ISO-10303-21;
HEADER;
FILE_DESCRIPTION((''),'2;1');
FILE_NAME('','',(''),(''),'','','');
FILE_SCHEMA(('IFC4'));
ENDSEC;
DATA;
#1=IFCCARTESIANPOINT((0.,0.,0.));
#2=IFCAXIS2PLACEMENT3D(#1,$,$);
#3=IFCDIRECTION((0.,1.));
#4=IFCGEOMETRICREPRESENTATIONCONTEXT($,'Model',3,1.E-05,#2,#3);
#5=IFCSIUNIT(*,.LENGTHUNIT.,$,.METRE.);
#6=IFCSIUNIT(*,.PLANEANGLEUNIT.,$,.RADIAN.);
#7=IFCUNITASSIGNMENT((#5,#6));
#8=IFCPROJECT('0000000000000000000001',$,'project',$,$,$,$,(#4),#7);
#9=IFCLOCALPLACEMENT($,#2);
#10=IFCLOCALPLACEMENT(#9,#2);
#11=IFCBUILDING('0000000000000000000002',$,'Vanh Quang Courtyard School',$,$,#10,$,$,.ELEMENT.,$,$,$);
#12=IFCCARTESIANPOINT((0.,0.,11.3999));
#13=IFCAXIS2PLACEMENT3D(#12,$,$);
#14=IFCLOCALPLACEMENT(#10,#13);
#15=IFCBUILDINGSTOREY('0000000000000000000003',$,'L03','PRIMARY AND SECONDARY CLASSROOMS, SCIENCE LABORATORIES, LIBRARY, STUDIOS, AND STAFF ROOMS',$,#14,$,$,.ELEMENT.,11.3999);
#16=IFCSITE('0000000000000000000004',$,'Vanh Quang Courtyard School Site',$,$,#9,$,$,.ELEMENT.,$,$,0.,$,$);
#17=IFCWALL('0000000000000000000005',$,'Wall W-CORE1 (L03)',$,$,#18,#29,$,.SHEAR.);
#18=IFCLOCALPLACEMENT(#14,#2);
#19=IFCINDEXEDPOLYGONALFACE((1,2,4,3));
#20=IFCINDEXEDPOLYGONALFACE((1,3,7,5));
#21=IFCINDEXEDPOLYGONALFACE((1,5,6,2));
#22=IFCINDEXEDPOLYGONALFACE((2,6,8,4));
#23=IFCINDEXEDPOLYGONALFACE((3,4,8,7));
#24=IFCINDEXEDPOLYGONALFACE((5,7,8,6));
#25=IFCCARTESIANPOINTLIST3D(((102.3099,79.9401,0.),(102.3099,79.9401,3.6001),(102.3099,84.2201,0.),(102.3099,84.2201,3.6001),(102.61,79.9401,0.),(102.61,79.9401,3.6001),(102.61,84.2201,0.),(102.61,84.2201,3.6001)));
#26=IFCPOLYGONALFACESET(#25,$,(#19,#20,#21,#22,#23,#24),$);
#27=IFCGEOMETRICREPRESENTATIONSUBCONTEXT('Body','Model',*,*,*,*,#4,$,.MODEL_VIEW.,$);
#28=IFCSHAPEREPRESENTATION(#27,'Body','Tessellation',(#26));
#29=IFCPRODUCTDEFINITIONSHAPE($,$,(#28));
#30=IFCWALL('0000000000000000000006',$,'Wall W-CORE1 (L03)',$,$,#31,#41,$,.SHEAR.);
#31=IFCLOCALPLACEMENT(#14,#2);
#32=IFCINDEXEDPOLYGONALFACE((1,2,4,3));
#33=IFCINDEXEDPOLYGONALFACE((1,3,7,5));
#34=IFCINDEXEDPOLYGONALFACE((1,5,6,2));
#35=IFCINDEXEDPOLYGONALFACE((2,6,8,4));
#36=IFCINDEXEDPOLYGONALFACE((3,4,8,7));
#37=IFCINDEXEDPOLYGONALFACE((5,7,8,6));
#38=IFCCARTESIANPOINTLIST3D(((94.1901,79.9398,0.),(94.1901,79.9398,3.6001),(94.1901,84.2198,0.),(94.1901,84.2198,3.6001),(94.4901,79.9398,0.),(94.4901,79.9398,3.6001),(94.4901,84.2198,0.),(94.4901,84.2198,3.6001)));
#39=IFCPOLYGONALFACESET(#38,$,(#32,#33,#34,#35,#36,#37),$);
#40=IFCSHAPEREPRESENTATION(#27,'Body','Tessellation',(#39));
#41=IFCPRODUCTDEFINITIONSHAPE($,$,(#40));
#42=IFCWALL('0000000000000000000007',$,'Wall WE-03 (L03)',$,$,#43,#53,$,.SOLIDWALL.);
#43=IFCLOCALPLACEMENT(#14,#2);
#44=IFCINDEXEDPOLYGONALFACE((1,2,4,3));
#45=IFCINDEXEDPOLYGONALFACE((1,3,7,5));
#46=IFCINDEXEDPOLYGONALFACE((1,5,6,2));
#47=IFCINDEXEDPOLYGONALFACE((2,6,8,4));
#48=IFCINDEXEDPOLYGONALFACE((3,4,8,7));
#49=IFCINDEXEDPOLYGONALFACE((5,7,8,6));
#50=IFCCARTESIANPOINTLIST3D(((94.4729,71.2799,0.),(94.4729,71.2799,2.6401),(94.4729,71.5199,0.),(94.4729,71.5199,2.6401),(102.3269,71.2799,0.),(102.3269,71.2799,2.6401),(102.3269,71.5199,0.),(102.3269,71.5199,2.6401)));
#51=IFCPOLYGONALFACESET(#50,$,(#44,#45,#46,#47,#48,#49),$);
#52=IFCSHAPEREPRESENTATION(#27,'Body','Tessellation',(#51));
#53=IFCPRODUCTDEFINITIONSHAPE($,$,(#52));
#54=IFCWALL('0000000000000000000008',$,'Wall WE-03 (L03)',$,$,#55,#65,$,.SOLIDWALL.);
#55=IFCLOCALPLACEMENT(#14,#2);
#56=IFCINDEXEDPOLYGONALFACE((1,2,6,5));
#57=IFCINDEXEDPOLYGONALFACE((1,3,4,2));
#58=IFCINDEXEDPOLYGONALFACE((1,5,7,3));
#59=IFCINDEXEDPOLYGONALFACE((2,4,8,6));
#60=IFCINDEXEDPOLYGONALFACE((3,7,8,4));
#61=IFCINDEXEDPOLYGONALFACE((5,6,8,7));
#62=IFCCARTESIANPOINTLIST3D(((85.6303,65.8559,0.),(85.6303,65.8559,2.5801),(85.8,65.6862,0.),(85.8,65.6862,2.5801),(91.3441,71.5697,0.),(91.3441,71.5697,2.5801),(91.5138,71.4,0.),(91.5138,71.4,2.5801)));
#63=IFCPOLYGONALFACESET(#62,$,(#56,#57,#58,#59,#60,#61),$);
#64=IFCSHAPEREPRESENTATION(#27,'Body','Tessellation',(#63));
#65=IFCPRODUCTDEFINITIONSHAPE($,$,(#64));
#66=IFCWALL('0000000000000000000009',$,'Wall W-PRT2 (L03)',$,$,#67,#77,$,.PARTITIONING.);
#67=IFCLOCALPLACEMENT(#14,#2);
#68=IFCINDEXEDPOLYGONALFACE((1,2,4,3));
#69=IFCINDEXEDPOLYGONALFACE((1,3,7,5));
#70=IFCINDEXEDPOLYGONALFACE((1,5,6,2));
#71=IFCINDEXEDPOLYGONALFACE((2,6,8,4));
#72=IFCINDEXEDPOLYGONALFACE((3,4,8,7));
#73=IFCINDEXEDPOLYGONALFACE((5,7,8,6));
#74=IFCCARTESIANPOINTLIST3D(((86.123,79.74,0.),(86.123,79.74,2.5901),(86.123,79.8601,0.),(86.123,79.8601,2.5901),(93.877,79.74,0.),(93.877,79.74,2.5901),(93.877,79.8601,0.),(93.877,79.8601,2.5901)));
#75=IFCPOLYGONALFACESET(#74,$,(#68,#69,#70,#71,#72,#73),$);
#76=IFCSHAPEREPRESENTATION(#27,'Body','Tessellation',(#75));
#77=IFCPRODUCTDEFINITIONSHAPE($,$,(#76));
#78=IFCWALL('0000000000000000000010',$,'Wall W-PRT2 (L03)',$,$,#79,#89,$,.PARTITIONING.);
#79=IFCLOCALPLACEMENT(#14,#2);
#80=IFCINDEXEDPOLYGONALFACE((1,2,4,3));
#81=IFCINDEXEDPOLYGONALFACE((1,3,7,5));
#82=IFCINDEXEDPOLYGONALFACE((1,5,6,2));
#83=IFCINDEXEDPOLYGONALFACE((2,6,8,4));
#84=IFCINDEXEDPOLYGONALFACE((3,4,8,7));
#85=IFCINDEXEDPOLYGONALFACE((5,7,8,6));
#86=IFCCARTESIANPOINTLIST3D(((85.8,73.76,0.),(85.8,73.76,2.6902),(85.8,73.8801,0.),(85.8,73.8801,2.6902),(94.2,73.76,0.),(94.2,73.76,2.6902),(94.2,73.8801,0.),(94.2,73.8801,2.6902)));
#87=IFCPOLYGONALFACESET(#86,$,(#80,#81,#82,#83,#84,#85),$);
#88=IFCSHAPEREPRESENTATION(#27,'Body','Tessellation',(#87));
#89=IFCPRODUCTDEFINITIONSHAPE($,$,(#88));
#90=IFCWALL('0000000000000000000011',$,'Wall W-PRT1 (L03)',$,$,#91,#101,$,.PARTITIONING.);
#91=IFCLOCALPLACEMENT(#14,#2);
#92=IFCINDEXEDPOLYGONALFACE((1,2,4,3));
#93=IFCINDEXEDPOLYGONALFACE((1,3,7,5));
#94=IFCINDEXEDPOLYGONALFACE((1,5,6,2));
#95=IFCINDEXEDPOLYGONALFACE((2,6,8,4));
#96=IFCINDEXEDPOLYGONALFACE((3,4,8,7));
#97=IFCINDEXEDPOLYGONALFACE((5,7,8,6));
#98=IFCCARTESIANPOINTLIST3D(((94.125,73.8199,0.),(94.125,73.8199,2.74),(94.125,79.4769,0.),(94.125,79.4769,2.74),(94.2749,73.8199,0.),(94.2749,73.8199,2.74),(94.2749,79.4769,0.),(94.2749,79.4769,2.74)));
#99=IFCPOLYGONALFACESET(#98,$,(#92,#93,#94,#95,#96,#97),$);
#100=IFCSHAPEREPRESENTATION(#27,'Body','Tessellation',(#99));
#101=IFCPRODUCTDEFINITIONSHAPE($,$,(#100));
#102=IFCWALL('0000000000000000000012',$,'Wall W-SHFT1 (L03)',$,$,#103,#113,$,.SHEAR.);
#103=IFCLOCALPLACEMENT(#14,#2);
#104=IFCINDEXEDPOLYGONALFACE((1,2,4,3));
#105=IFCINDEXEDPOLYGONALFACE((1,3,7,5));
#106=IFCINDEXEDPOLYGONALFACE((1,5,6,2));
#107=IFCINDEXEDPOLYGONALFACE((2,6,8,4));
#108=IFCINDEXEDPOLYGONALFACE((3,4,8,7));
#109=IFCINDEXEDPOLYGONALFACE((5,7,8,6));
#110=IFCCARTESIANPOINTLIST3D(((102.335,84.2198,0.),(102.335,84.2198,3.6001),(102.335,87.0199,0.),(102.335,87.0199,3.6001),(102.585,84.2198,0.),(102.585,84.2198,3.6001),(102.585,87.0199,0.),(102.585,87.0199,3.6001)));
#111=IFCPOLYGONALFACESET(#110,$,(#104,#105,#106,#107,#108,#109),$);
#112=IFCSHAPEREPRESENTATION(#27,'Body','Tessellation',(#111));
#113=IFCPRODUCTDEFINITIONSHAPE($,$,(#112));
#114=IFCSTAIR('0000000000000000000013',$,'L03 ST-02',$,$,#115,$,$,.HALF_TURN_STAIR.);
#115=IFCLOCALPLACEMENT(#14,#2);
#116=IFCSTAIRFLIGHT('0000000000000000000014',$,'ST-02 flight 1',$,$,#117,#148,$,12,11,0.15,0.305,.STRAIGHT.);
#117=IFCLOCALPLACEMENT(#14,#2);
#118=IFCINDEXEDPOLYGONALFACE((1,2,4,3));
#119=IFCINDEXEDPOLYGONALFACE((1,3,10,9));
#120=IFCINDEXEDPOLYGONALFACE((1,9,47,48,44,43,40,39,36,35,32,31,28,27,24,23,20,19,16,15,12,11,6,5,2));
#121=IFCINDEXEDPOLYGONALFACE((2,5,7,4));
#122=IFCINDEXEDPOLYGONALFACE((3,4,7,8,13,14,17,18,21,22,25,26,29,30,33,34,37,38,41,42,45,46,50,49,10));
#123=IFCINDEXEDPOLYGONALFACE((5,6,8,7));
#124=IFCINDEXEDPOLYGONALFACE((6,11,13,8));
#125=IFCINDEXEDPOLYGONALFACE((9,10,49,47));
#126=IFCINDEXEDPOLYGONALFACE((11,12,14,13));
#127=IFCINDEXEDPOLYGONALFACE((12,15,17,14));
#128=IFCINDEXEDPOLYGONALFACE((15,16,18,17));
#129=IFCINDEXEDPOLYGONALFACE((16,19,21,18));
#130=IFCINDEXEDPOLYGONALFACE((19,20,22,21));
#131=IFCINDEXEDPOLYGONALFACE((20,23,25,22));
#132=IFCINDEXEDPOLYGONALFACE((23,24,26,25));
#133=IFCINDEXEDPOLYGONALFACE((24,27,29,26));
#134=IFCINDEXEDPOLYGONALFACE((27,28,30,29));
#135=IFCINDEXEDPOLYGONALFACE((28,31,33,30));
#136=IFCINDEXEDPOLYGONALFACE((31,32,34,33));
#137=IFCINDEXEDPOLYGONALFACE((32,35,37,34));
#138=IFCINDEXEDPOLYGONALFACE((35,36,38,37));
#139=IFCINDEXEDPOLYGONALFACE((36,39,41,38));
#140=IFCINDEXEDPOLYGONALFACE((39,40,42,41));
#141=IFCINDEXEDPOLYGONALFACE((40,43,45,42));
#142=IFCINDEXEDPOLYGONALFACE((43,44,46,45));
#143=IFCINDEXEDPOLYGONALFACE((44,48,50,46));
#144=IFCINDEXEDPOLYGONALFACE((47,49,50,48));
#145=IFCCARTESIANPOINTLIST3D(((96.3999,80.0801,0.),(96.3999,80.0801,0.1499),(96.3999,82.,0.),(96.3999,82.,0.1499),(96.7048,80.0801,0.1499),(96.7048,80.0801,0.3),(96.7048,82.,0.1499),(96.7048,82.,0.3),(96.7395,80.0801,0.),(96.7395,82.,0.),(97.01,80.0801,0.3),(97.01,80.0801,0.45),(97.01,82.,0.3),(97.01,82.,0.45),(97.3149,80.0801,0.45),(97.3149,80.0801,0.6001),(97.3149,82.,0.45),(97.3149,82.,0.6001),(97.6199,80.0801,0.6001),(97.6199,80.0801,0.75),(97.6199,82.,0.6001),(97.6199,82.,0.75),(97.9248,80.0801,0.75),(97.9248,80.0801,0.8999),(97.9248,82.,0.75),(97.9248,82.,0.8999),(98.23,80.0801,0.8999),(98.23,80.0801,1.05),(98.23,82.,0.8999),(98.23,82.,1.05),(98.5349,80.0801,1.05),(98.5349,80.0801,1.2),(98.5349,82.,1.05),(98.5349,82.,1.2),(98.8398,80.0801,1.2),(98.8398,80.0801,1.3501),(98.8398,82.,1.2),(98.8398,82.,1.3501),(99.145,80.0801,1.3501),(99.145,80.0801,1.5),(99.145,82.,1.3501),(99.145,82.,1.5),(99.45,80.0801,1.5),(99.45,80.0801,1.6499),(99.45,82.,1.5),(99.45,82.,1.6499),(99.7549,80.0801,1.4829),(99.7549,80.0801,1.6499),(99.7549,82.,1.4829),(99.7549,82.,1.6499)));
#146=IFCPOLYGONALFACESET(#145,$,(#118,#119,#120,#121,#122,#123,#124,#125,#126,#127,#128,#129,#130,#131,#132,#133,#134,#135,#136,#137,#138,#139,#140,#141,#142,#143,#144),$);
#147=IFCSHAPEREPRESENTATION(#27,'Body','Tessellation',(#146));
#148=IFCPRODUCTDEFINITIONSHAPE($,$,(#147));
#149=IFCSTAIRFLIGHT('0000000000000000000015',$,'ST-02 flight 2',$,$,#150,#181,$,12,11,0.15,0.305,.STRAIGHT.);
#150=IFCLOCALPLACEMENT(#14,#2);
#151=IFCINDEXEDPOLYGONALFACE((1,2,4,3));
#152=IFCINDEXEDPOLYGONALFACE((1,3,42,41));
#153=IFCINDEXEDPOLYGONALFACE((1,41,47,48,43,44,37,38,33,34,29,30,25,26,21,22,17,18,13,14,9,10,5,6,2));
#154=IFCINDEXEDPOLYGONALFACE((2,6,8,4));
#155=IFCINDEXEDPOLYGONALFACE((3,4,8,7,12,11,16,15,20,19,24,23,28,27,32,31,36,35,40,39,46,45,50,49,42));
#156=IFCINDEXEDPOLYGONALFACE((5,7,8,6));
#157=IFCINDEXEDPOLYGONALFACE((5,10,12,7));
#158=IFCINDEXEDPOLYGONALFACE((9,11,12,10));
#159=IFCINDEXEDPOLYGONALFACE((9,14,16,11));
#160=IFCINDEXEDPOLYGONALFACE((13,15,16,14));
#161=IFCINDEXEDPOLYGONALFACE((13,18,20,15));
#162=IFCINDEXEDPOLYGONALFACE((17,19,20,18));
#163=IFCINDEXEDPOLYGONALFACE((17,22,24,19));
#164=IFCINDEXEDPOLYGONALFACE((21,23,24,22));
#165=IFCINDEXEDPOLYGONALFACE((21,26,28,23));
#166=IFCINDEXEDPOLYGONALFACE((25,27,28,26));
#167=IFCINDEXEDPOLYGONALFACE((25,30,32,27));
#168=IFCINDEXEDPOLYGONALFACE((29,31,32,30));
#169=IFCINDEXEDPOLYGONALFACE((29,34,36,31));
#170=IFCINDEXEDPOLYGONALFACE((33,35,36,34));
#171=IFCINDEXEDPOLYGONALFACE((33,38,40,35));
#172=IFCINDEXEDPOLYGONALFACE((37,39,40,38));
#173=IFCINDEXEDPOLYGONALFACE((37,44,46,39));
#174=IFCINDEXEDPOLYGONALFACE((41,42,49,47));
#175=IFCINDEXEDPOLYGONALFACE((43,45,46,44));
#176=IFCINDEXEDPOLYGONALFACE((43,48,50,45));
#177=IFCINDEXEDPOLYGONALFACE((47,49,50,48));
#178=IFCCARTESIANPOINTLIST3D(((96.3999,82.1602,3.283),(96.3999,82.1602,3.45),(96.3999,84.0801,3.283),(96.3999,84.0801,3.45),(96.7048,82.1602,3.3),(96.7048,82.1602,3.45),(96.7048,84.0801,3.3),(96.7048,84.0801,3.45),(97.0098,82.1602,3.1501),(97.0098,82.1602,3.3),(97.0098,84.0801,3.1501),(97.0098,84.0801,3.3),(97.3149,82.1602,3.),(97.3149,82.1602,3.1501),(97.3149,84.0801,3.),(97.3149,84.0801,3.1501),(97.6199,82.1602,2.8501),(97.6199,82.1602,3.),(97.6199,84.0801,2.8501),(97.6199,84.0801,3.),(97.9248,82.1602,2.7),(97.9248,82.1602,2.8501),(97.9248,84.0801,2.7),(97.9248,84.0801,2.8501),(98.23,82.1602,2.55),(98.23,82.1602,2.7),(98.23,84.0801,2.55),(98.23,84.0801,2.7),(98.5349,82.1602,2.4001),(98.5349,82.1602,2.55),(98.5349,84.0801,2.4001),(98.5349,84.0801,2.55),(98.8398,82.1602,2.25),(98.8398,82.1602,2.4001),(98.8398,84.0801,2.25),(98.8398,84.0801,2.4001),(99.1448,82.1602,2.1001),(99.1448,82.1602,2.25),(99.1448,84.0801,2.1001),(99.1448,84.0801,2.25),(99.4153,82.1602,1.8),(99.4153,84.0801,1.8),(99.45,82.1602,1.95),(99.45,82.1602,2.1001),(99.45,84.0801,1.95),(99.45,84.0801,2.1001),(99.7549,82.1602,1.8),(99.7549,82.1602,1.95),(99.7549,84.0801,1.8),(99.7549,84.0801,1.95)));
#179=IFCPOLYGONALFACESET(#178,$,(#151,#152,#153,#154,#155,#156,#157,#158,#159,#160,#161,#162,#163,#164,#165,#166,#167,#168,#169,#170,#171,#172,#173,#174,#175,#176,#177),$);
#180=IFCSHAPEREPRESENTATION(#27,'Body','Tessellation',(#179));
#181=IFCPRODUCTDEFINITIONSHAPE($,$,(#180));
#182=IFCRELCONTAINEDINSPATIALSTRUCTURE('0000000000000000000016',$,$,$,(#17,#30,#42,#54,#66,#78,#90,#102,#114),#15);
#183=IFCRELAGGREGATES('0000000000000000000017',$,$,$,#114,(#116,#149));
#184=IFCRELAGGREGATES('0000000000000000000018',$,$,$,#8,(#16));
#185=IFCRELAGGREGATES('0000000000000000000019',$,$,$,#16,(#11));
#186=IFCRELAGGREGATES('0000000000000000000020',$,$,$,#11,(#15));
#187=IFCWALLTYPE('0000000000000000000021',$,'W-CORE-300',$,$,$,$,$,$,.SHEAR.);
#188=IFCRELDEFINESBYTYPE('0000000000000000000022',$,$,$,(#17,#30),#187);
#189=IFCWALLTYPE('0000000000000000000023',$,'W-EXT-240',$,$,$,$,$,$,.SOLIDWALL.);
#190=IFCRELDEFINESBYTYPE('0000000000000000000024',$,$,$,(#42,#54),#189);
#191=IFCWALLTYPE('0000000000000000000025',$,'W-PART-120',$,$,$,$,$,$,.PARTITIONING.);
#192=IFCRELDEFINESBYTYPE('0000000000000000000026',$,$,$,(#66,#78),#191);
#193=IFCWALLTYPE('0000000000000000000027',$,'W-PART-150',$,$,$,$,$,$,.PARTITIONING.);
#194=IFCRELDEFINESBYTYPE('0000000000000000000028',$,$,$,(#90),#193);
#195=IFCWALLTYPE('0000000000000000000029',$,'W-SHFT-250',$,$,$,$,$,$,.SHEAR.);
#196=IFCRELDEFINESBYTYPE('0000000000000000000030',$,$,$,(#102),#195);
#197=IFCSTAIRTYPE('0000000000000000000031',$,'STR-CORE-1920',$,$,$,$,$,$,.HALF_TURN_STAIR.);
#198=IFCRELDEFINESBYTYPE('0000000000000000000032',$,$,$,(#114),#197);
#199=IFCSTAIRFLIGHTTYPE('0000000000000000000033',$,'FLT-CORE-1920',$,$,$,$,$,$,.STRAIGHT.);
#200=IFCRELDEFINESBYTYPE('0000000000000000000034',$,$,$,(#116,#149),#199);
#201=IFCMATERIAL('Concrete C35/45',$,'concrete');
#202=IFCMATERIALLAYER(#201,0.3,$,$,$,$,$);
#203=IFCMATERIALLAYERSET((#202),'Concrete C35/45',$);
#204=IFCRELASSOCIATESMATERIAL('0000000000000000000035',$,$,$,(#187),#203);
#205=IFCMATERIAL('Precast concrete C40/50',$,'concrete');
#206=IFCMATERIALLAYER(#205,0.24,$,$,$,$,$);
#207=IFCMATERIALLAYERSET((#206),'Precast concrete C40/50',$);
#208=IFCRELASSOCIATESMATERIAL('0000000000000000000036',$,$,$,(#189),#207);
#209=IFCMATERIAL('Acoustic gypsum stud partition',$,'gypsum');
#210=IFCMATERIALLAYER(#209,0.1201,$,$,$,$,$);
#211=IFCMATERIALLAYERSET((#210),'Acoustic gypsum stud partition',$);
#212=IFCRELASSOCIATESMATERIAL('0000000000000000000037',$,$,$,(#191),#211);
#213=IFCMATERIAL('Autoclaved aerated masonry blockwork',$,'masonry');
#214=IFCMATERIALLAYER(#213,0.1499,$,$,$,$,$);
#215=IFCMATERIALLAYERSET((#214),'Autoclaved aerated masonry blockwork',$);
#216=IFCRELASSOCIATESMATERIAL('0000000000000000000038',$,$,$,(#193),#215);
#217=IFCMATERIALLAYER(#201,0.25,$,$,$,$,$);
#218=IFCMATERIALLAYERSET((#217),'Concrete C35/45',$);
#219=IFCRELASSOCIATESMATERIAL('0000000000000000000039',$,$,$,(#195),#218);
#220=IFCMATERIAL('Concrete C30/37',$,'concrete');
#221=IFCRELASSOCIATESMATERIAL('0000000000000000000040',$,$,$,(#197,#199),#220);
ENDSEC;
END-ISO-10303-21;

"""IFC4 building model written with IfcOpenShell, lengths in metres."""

from ifc_helpers import new_model, si_unit, direction, frame, frame_2d, origin, place, context, subcontext, project, spatial, polyline, rectangle, outline, extrude, material, layer, layer_set, type_object, element, aggregate, save


model = new_model("IFC4")

# Units and contexts
model_context = context("Model", 3, precision=1e-05, world=origin(), true_north=direction((0.0, 1.0)))
body_context = subcontext(model_context, "Body", "Model", "MODEL_VIEW")
ifc_project = project(units=[si_unit("LENGTHUNIT", "METRE"), si_unit("PLANEANGLEUNIT", "RADIAN")], contexts=[model_context])

# Site, building, storey
site_placement = place(None, origin())
site = spatial("IfcSite", under=ifc_project, at=site_placement, Name="Vanh Quang Courtyard School Site", CompositionType="ELEMENT", RefElevation=0.0)
building_placement = place(site_placement, origin())
building = spatial("IfcBuilding", under=site, at=building_placement, Name="Vanh Quang Courtyard School", CompositionType="ELEMENT")
storey_placement = place(building_placement, frame((0.0, 0.0, 11.3999)))
storey = spatial("IfcBuildingStorey", under=building, at=storey_placement, Name="L03", Description="PRIMARY AND SECONDARY CLASSROOMS, SCIENCE LABORATORIES, LIBRARY, STUDIOS, AND STAFF ROOMS", CompositionType="ELEMENT", Elevation=11.3999)

# Shared definitions
ifc_material_1 = material(Name="Concrete C35/45", Category="concrete")

# Shared definitions
ifc_material_2 = material(Name="Concrete C30/37", Category="concrete")

# Wall
ifc_layer_1 = layer(ifc_material_1, 0.3)
ifc_layer_set_1 = layer_set([ifc_layer_1], Name="Concrete C35/45")
wall_type_1 = type_object("IfcWallType", Name="W-CORE-300", PredefinedType="SHEAR", material=ifc_layer_set_1)
wall_1_placement = place(storey_placement, frame((102.46, 79.9399, 0.0), z_axis=(0.0, 0.0, 1.0), x_axis=(0.0, 1.0, 0.0)))
element("IfcWall", 1, at=wall_1_placement, inside=storey, type_object=wall_type_1, Name="Wall W-CORE1 (L03)", PredefinedType="SHEAR", context=body_context, shape_type="SweptSolid", body=[
    extrude(rectangle(XDim=4.28, YDim=0.3, at=frame_2d((2.1401, 0.0))), origin(), (0.0, 0.0, 1.0), 3.6001),
])

# Walls
wall_2_placement = place(storey_placement, frame((94.3401, 84.22, 0.0), z_axis=(0.0, 0.0, 1.0), x_axis=(0.0, -1.0, 0.0)))
element("IfcWall", 2, at=wall_2_placement, inside=storey, type_object=wall_type_1, Name="Wall W-CORE1 (L03)", PredefinedType="SHEAR", context=body_context, shape_type="SweptSolid", body=[
    extrude(rectangle(XDim=4.28, YDim=0.3, at=frame_2d((2.1401, 0.0))), origin(), (0.0, 0.0, 1.0), 3.6001),
])
ifc_material_3 = material(Name="Precast concrete C40/50", Category="concrete")
ifc_layer_2 = layer(ifc_material_3, 0.24)
ifc_layer_set_2 = layer_set([ifc_layer_2], Name="Precast concrete C40/50")
wall_type_2 = type_object("IfcWallType", Name="W-EXT-240", PredefinedType="SOLIDWALL", material=ifc_layer_set_2)
wall_3_placement = place(storey_placement, frame((102.3269, 71.3999, 0.0), z_axis=(0.0, 0.0, 1.0), x_axis=(-1.0, 0.0, 0.0)))
element("IfcWall", 3, at=wall_3_placement, inside=storey, type_object=wall_type_2, Name="Wall WE-03 (L03)", PredefinedType="SOLIDWALL", context=body_context, shape_type="SweptSolid", body=[
    extrude(rectangle(XDim=7.854, YDim=0.24, at=frame_2d((3.927, 0.0))), origin(), (0.0, 0.0, 1.0), 2.6401),
])
wall_4_placement = place(storey_placement, frame((91.429, 71.4849, 0.0), z_axis=(0.0, 0.0, 1.0), x_axis=(-0.707107, -0.707107, 0.0)))
element("IfcWall", 4, at=wall_4_placement, inside=storey, type_object=wall_type_2, Name="Wall WE-03 (L03)", PredefinedType="SOLIDWALL", context=body_context, shape_type="SweptSolid", body=[
    extrude(rectangle(XDim=8.0806, YDim=0.24, at=frame_2d((4.0403, 0.0))), origin(), (0.0, 0.0, 1.0), 2.5801),
])
ifc_material_4 = material(Name="Acoustic gypsum stud partition", Category="gypsum")
ifc_layer_3 = layer(ifc_material_4, 0.1201)
ifc_layer_set_3 = layer_set([ifc_layer_3], Name="Acoustic gypsum stud partition")
wall_type_3 = type_object("IfcWallType", Name="W-PART-120", PredefinedType="PARTITIONING", material=ifc_layer_set_3)
wall_5_placement = place(storey_placement, frame((86.123, 79.8, 0.0), z_axis=(0.0, 0.0, 1.0), x_axis=(1.0, 0.0, 0.0)))
element("IfcWall", 5, at=wall_5_placement, inside=storey, type_object=wall_type_3, Name="Wall W-PRT2 (L03)", PredefinedType="PARTITIONING", context=body_context, shape_type="SweptSolid", body=[
    extrude(rectangle(XDim=7.7539, YDim=0.1201, at=frame_2d((3.877, 0.0))), origin(), (0.0, 0.0, 1.0), 2.5901),
])
wall_6_placement = place(storey_placement, frame((94.2, 73.8201, 0.0), z_axis=(0.0, 0.0, 1.0), x_axis=(-1.0, 0.0, 0.0)))
element("IfcWall", 6, at=wall_6_placement, inside=storey, type_object=wall_type_3, Name="Wall W-PRT2 (L03)", PredefinedType="PARTITIONING", context=body_context, shape_type="SweptSolid", body=[
    extrude(rectangle(XDim=8.3999, YDim=0.1201, at=frame_2d((4.2, 0.0))), origin(), (0.0, 0.0, 1.0), 2.6902),
])
ifc_material_5 = material(Name="Autoclaved aerated masonry blockwork", Category="masonry")
ifc_layer_4 = layer(ifc_material_5, 0.1499)
ifc_layer_set_4 = layer_set([ifc_layer_4], Name="Autoclaved aerated masonry blockwork")
wall_type_4 = type_object("IfcWallType", Name="W-PART-150", PredefinedType="PARTITIONING", material=ifc_layer_set_4)
wall_7_placement = place(storey_placement, frame((94.2, 79.4771, 0.0), z_axis=(0.0, 0.0, 1.0), x_axis=(0.0, -1.0, 0.0)))
element("IfcWall", 7, at=wall_7_placement, inside=storey, type_object=wall_type_4, Name="Wall W-PRT1 (L03)", PredefinedType="PARTITIONING", context=body_context, shape_type="SweptSolid", body=[
    extrude(rectangle(XDim=5.657, YDim=0.1499, at=frame_2d((2.8286, 0.0))), origin(), (0.0, 0.0, 1.0), 2.74),
])
ifc_layer_5 = layer(ifc_material_1, 0.25)
ifc_layer_set_5 = layer_set([ifc_layer_5], Name="Concrete C35/45")
wall_type_5 = type_object("IfcWallType", Name="W-SHFT-250", PredefinedType="SHEAR", material=ifc_layer_set_5)
wall_8_placement = place(storey_placement, frame((102.46, 84.22, 0.0), z_axis=(0.0, 0.0, 1.0), x_axis=(0.0, 1.0, 0.0)))
element("IfcWall", 8, at=wall_8_placement, inside=storey, type_object=wall_type_5, Name="Wall W-SHFT1 (L03)", PredefinedType="SHEAR", context=body_context, shape_type="SweptSolid", body=[
    extrude(rectangle(XDim=2.8, YDim=0.25, at=frame_2d((1.3999, 0.0))), origin(), (0.0, 0.0, 1.0), 3.6001),
])

# Stair, stair flights
stair_type = type_object("IfcStairType", Name="STR-CORE-1920", PredefinedType="HALF_TURN_STAIR", material=ifc_material_2)
stair_placement = place(storey_placement, origin())
stair = element("IfcStair", 9, at=stair_placement, inside=storey, type_object=stair_type, Name="L03 ST-02", PredefinedType="HALF_TURN_STAIR")
stair_flight_type = type_object("IfcStairFlightType", Name="FLT-CORE-1920", PredefinedType="STRAIGHT", material=ifc_material_2)
stair_flight_1_placement = place(storey_placement, frame((96.3999, 81.04, 0.0), z_axis=(0.0, 0.0, 1.0), x_axis=(1.0, 0.0, 0.0)))
stair_flight_1 = element("IfcStairFlight", 10, at=stair_flight_1_placement, type_object=stair_flight_type, Name="ST-02 flight 1", NumberOfRisers=12, NumberOfTreads=11, PredefinedType="STRAIGHT", RiserHeight=0.15, TreadLength=0.305, context=body_context, shape_type="SweptSolid", body=[
    extrude(outline(polyline([(0.0, 0.0), (0.0, 0.1499), (0.3049, 0.1499), (0.3049, 0.3), (0.6101, 0.3), (0.6101, 0.45), (0.915, 0.45), (0.915, 0.6001), (1.22, 0.6001), (1.22, 0.75), (1.5249, 0.75), (1.5249, 0.8999), (1.8301, 0.8999), (1.8301, 1.05), (2.135, 1.05), (2.135, 1.2), (2.4399, 1.2), (2.4399, 1.3501), (2.7451, 1.3501), (2.7451, 1.5), (3.05, 1.5), (3.05, 1.6499), (3.355, 1.6499), (3.355, 1.8), (3.355, 1.4829), (0.3396, 0.0), (0.0, 0.0)])), frame((0.0, 0.96, 0.0), z_axis=(0.0, -1.0, 0.0), x_axis=(1.0, 0.0, 0.0)), (0.0, 0.0, 1.0), 1.9199),
])
stair_flight_2_placement = place(storey_placement, frame((99.7549, 83.1201, 1.8), z_axis=(0.0, 0.0, 1.0), x_axis=(-1.0, 0.0, 0.0)))
stair_flight_2 = element("IfcStairFlight", 11, at=stair_flight_2_placement, type_object=stair_flight_type, Name="ST-02 flight 2", NumberOfRisers=12, NumberOfTreads=11, PredefinedType="STRAIGHT", RiserHeight=0.15, TreadLength=0.305, context=body_context, shape_type="SweptSolid", body=[
    extrude(outline(polyline([(0.0, 0.0), (0.0, 0.1499), (0.3049, 0.1499), (0.3049, 0.3), (0.6101, 0.3), (0.6101, 0.45), (0.915, 0.45), (0.915, 0.6001), (1.22, 0.6001), (1.22, 0.75), (1.5249, 0.75), (1.5249, 0.8999), (1.8301, 0.8999), (1.8301, 1.05), (2.135, 1.05), (2.135, 1.2), (2.4399, 1.2), (2.4399, 1.3501), (2.7451, 1.3501), (2.7451, 1.5), (3.05, 1.5), (3.05, 1.6499), (3.355, 1.6499), (3.355, 1.8), (3.355, 1.4829), (0.3396, 0.0), (0.0, 0.0)])), frame((0.0, 0.96, 0.0), z_axis=(0.0, -1.0, 0.0), x_axis=(1.0, 0.0, 0.0)), (0.0, 0.0, 1.0), 1.9199),
])
aggregate(stair, [stair_flight_1, stair_flight_2])

save(model, "model.ifc")
